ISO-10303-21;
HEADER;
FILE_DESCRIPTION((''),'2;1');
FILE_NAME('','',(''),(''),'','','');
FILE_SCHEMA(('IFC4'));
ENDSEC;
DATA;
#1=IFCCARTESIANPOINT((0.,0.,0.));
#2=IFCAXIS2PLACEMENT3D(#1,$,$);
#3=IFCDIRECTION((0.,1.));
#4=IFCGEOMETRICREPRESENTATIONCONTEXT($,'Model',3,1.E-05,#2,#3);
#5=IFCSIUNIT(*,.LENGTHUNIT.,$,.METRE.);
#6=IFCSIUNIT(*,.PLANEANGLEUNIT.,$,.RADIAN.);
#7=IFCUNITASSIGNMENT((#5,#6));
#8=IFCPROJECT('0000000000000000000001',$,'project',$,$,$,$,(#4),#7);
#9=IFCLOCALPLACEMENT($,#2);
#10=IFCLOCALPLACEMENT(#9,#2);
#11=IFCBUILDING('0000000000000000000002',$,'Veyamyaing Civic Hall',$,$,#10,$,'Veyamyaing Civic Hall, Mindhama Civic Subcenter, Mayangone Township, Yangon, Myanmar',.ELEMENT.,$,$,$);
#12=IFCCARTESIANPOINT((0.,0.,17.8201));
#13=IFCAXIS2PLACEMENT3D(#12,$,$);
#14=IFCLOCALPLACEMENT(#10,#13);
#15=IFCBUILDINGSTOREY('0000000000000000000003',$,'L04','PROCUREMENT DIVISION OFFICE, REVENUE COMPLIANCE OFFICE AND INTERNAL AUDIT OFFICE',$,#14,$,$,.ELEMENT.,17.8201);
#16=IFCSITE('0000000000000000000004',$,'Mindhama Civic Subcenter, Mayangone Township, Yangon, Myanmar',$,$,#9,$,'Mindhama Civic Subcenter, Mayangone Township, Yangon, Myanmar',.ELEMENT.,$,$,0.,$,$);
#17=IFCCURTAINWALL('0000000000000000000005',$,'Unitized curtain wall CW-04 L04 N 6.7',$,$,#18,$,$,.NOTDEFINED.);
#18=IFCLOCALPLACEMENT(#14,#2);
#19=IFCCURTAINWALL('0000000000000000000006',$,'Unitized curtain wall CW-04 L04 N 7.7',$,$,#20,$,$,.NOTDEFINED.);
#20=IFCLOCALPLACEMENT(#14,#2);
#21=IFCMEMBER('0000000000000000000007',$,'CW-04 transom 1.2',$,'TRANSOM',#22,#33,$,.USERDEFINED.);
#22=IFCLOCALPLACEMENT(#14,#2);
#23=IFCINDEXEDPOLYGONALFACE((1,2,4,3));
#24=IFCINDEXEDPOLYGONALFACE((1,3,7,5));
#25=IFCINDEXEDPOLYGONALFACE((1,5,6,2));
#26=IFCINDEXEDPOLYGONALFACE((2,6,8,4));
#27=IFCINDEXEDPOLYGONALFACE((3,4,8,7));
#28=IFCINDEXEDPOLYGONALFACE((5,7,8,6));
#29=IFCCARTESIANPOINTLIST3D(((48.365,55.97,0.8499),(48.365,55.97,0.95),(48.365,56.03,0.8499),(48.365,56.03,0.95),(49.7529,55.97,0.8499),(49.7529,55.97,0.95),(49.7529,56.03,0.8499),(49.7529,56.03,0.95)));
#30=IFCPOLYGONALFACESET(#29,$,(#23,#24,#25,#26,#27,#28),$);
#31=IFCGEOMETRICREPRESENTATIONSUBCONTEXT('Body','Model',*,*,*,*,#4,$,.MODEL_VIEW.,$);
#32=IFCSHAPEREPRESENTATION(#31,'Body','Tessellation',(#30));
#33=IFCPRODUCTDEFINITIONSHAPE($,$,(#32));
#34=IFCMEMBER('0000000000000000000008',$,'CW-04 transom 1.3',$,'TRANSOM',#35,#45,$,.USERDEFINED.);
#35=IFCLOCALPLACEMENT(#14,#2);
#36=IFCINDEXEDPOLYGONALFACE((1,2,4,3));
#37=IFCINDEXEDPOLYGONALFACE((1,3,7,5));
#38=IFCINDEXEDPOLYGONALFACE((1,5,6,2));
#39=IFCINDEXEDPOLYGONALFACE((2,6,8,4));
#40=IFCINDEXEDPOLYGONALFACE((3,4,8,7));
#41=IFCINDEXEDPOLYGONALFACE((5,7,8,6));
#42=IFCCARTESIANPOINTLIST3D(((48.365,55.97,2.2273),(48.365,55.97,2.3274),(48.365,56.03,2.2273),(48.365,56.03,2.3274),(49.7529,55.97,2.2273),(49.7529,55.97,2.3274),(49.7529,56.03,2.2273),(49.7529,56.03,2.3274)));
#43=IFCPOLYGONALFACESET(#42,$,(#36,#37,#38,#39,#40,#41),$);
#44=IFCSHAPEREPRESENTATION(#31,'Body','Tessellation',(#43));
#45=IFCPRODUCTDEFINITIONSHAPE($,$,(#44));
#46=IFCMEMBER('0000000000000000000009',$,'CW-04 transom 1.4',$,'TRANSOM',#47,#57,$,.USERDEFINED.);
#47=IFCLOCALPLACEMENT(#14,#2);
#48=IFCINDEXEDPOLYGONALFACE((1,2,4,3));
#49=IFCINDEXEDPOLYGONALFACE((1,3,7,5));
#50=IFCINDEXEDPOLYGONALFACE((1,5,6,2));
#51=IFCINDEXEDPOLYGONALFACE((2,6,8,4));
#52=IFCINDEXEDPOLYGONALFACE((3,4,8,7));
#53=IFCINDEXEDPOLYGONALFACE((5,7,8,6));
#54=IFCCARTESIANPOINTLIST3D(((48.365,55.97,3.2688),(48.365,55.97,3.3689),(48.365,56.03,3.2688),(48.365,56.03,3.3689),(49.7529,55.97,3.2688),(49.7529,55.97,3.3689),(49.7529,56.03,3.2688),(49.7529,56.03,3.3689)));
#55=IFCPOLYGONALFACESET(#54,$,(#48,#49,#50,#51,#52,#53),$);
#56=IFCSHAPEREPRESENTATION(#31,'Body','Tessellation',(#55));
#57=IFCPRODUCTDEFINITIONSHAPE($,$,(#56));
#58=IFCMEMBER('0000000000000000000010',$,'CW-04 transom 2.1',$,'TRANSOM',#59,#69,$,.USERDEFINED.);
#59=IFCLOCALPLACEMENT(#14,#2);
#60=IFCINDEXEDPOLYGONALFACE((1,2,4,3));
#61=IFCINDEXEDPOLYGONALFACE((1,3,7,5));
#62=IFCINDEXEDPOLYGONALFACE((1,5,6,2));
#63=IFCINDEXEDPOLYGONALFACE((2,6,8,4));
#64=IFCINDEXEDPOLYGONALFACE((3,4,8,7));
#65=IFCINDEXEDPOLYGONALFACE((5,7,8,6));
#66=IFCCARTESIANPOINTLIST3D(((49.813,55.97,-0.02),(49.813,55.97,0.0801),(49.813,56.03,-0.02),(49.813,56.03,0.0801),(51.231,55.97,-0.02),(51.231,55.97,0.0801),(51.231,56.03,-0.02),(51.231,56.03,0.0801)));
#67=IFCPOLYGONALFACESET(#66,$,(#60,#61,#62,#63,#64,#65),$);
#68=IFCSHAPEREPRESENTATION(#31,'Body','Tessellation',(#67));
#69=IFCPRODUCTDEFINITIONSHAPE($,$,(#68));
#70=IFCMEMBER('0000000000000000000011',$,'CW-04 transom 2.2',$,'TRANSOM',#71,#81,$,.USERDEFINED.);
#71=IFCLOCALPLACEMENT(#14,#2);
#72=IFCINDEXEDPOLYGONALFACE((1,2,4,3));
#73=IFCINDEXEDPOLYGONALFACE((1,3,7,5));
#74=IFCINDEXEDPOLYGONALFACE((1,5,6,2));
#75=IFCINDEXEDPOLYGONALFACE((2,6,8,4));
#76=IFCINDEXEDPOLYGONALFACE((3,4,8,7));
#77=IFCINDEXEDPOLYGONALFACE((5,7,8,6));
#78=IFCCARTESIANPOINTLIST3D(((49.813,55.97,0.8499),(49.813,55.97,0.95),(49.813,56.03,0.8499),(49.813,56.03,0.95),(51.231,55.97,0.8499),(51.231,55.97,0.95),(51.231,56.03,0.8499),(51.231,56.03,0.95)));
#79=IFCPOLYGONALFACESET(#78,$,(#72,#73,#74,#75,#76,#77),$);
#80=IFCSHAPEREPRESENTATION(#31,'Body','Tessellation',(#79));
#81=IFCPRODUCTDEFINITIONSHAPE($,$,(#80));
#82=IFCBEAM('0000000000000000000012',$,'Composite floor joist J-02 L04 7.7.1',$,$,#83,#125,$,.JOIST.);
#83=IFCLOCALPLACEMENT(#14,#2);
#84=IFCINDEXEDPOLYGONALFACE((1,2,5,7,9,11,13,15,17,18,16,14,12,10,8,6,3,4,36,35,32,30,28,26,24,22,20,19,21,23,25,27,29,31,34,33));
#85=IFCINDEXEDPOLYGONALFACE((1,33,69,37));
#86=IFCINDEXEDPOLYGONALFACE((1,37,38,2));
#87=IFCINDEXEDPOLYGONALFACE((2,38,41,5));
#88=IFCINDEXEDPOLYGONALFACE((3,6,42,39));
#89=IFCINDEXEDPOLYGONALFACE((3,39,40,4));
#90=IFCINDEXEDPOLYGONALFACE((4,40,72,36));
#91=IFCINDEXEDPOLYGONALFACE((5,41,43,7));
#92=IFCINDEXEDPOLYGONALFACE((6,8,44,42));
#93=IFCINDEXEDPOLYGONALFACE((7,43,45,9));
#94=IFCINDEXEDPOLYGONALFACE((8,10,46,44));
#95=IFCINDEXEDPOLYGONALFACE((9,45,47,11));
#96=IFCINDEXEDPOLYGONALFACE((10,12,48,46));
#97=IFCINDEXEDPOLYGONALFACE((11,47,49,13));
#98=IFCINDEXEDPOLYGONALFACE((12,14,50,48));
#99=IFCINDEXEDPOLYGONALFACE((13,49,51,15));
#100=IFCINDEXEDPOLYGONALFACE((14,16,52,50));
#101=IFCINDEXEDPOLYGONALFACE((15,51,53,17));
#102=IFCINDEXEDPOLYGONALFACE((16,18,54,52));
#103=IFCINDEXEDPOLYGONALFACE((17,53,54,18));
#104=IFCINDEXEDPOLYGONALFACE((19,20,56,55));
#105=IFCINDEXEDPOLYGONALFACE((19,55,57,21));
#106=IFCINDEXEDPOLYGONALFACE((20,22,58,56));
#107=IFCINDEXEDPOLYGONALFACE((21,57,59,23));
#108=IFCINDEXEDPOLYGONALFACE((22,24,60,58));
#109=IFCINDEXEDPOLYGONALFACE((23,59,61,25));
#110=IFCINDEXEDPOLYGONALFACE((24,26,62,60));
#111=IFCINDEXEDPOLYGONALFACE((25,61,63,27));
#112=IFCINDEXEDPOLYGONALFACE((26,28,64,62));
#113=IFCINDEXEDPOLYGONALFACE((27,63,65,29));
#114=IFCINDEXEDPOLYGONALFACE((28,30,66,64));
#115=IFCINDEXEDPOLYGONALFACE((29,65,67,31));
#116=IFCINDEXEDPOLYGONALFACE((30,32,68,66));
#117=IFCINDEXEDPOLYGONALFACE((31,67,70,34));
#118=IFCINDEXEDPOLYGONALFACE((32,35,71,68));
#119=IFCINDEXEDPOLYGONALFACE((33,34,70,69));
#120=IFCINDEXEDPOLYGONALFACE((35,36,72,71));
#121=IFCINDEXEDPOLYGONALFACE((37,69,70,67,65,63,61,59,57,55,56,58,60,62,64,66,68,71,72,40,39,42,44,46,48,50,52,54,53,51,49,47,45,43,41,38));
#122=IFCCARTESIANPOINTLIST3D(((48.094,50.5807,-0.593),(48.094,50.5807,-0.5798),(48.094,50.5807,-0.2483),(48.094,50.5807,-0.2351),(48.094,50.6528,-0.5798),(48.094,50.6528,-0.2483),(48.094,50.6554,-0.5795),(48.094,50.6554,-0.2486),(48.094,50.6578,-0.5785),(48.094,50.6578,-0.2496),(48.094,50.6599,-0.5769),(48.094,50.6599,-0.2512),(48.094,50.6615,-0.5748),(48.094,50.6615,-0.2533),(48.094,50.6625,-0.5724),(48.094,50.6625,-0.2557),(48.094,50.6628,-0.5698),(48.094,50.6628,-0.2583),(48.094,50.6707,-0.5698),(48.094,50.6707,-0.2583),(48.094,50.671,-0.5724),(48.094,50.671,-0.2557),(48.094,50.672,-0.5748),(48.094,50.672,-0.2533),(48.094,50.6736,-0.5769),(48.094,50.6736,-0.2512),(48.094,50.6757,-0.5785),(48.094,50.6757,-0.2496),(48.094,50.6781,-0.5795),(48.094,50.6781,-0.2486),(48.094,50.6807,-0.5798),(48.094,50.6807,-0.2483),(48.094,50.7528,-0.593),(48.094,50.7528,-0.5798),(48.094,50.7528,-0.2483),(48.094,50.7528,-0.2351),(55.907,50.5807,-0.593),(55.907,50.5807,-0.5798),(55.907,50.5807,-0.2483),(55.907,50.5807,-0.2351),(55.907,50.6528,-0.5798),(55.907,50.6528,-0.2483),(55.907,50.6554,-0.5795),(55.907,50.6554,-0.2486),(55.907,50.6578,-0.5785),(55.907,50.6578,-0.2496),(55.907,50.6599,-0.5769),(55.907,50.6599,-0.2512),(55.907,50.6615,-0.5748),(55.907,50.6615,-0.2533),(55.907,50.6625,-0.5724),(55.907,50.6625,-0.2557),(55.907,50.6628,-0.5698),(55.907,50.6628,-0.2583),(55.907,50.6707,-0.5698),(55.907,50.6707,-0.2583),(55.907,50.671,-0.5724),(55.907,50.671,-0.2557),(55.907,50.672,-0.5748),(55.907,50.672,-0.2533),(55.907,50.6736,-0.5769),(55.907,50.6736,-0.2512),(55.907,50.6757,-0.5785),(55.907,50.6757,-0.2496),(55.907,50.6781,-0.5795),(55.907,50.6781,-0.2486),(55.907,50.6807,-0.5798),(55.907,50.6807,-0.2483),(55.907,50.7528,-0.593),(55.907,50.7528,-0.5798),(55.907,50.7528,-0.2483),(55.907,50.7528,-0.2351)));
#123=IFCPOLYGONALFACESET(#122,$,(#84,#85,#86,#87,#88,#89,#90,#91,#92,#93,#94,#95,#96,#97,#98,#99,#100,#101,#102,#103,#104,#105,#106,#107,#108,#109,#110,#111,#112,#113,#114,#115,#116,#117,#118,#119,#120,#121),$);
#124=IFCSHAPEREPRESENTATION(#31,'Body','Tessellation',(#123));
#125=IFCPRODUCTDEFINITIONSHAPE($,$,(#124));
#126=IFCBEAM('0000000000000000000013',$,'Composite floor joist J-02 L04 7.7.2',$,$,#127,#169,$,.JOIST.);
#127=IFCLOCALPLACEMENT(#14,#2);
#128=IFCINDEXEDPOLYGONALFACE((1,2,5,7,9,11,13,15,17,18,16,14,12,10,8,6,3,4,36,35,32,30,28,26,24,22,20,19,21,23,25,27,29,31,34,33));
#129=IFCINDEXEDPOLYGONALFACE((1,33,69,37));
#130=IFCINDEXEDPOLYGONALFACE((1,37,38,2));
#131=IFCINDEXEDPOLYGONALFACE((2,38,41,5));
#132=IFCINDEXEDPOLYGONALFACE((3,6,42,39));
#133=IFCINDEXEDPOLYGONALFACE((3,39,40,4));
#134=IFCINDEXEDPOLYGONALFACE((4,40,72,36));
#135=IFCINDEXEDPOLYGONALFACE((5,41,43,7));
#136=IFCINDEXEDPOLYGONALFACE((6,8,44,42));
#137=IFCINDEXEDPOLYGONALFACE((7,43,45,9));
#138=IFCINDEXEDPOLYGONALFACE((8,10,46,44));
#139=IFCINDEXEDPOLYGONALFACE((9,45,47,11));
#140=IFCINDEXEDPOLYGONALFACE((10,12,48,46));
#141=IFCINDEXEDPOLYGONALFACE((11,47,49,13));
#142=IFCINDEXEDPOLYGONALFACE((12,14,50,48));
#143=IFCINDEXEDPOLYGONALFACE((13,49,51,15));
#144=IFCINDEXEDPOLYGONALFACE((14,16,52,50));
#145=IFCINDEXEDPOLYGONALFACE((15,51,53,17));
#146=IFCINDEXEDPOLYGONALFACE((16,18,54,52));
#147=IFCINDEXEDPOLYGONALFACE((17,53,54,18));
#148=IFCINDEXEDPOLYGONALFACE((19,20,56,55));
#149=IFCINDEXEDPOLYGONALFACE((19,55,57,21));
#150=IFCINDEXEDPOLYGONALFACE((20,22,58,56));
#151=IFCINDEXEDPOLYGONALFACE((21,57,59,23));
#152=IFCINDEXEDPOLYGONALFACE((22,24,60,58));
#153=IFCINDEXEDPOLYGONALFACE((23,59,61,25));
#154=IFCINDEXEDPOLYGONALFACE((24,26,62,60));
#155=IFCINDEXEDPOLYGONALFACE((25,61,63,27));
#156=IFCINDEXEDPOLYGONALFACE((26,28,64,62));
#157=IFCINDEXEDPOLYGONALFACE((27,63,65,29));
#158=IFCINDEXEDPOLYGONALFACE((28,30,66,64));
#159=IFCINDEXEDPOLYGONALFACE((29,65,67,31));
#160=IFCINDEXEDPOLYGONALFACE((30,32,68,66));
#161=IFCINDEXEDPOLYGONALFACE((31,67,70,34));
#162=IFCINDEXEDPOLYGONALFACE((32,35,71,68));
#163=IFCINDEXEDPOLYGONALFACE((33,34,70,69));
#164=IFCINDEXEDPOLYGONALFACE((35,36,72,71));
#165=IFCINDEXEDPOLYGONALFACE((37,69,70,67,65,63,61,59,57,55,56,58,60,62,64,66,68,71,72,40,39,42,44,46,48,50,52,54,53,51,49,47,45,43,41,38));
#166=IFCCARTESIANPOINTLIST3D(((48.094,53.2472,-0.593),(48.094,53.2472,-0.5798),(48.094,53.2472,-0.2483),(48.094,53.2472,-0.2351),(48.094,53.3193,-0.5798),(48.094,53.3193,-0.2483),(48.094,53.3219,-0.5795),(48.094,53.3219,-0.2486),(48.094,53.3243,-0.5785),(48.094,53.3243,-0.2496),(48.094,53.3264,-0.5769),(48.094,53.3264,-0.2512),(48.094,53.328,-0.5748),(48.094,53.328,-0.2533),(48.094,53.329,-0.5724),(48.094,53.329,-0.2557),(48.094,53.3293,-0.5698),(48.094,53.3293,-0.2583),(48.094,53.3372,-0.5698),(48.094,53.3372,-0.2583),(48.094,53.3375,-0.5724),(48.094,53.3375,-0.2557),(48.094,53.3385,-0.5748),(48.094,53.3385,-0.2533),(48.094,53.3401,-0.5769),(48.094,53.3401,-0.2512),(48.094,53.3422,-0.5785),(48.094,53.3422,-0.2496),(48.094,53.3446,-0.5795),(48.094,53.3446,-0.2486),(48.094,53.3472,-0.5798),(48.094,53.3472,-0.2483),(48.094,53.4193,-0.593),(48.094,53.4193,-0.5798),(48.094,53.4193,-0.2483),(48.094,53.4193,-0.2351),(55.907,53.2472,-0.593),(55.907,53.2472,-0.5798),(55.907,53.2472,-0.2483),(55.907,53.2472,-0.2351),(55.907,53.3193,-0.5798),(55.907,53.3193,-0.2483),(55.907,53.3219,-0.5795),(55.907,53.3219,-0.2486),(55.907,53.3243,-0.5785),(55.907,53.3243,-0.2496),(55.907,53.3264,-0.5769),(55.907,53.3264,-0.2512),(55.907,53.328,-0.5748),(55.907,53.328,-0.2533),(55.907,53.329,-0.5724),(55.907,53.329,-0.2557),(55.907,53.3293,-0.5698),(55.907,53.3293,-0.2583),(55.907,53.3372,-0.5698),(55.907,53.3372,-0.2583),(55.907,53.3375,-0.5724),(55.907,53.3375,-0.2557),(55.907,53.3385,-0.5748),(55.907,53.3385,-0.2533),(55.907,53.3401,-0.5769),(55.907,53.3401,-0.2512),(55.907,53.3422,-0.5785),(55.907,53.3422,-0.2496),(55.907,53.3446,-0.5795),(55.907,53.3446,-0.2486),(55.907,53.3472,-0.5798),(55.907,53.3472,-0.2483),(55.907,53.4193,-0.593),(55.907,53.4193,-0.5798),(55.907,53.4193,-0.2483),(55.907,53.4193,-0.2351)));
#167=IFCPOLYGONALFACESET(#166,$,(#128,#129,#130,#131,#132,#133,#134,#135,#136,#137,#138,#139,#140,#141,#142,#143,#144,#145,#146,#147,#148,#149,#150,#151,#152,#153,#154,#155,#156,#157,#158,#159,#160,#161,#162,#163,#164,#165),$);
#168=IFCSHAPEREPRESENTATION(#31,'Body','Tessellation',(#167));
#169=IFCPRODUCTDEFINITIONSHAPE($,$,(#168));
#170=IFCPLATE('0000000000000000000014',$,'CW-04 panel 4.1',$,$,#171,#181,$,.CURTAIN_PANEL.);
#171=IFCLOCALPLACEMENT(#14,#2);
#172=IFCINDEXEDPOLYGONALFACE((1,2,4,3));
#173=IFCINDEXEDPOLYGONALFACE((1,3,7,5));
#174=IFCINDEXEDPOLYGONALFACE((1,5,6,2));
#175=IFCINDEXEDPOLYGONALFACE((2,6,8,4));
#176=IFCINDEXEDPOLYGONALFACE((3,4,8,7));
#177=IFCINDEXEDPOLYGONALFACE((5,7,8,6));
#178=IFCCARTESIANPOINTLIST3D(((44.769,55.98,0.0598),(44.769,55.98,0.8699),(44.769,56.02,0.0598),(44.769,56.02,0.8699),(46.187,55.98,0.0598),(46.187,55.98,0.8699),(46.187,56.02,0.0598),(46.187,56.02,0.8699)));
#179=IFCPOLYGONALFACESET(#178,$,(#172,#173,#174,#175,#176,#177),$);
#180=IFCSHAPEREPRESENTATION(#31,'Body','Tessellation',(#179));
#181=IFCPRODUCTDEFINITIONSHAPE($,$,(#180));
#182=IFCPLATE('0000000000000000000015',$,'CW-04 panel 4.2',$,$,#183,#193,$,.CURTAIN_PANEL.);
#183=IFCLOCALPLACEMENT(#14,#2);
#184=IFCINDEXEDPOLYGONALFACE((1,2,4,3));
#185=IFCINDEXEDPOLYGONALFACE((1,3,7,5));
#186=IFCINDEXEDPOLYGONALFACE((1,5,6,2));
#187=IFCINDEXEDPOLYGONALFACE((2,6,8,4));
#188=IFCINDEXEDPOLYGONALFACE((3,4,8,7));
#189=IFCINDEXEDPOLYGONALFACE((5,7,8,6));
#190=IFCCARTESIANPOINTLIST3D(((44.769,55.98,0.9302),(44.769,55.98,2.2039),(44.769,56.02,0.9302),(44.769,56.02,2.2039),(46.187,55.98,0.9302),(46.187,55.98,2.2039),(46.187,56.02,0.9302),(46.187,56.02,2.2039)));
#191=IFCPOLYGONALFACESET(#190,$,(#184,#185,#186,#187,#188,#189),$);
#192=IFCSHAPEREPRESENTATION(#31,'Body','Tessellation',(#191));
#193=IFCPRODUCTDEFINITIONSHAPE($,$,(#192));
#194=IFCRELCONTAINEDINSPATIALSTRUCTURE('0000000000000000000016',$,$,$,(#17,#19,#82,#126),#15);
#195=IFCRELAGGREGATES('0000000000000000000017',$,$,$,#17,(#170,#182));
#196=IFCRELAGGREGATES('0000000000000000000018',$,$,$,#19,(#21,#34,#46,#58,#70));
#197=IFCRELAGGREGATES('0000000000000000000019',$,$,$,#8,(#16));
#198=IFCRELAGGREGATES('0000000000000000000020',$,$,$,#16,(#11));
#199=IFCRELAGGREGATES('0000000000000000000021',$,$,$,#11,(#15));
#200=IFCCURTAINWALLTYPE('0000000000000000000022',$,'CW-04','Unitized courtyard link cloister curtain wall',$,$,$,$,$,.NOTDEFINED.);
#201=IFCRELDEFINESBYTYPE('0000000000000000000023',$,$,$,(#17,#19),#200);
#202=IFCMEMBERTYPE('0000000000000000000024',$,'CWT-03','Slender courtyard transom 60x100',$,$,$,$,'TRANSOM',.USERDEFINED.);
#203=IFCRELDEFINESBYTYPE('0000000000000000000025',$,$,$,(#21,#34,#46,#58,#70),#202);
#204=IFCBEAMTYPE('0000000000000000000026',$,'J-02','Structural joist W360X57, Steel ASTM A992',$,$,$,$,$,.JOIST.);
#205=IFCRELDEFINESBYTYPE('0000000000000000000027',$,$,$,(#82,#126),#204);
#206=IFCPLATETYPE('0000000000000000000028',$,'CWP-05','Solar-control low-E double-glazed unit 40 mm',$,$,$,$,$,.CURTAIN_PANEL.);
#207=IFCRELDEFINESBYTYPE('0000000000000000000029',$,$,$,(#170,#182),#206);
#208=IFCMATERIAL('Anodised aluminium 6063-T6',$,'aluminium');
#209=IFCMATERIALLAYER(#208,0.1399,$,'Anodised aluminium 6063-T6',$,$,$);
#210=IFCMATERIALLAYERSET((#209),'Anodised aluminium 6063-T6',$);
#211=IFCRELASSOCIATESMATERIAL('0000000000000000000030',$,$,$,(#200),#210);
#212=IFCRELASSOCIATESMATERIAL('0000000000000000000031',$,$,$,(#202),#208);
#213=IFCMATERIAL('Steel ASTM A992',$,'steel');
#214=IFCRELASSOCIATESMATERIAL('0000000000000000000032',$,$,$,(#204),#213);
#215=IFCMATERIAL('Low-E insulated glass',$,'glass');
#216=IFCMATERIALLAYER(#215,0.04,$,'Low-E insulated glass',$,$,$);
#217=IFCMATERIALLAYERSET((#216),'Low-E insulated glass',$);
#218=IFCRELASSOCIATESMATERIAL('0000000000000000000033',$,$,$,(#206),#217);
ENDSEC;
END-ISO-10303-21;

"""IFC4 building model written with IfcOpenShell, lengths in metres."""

from ifc_helpers import new_model, si_unit, direction, frame, origin, origin_2d, place, context, subcontext, project, spatial, rectangle, i_section, extrude, material, layer, layer_set, material_profile, profile_set, type_object, element, aggregate, save


model = new_model("IFC4")

# Units and contexts
model_context = context("Model", 3, precision=1e-05, world=origin(), true_north=direction((0.0, 1.0)))
body_context = subcontext(model_context, "Body", "Model", "MODEL_VIEW")
ifc_project = project(units=[si_unit("LENGTHUNIT", "METRE"), si_unit("PLANEANGLEUNIT", "RADIAN")], contexts=[model_context])

# Site, building, storey
site_placement = place(None, origin())
site = spatial("IfcSite", under=ifc_project, at=site_placement, Name="Mindhama Civic Subcenter, Mayangone Township, Yangon, Myanmar", LongName="Mindhama Civic Subcenter, Mayangone Township, Yangon, Myanmar", CompositionType="ELEMENT", RefElevation=0.0)
building_placement = place(site_placement, origin())
building = spatial("IfcBuilding", under=site, at=building_placement, Name="Veyamyaing Civic Hall", LongName="Veyamyaing Civic Hall, Mindhama Civic Subcenter, Mayangone Township, Yangon, Myanmar", CompositionType="ELEMENT")
storey_placement = place(building_placement, frame((0.0, 0.0, 17.8201)))
storey = spatial("IfcBuildingStorey", under=building, at=storey_placement, Name="L04", Description="PROCUREMENT DIVISION OFFICE, REVENUE COMPLIANCE OFFICE AND INTERNAL AUDIT OFFICE", CompositionType="ELEMENT", Elevation=17.8201)

# Shared definitions
ifc_material_1 = material(Name="Steel ASTM A992", Category="steel")

# Curtain walls
ifc_material_2 = material(Name="Anodised aluminium 6063-T6", Category="aluminium")
ifc_layer_1 = layer(ifc_material_2, 0.1399, Name="Anodised aluminium 6063-T6")
ifc_layer_set_1 = layer_set([ifc_layer_1], Name="Anodised aluminium 6063-T6")
curtain_wall_type = type_object("IfcCurtainWallType", Name="CW-04", Description="Unitized courtyard link cloister curtain wall", PredefinedType="NOTDEFINED", material=ifc_layer_set_1)
curtain_wall_1_placement = place(storey_placement, origin())
curtain_wall_1 = element("IfcCurtainWall", 1, at=curtain_wall_1_placement, inside=storey, type_object=curtain_wall_type, Name="Unitized curtain wall CW-04 L04 N 6.7", PredefinedType="NOTDEFINED")
curtain_wall_2_placement = place(storey_placement, origin())
curtain_wall_2 = element("IfcCurtainWall", 2, at=curtain_wall_2_placement, inside=storey, type_object=curtain_wall_type, Name="Unitized curtain wall CW-04 L04 N 7.7", PredefinedType="NOTDEFINED")

# Members
ifc_material_profile_1 = material_profile(ifc_material_2, rectangle(XDim=0.0601, YDim=0.1001, at=origin_2d()), Name="ALU-TRN-60X100")
ifc_profile_set_1 = profile_set([ifc_material_profile_1], Name="Anodised aluminium 6063-T6")
member_type_1 = type_object("IfcMemberType", Name="CWT-03", Description="Slender courtyard transom 60x100", ElementType="TRANSOM", PredefinedType="USERDEFINED", material=ifc_profile_set_1)
member_1_placement = place(storey_placement, frame((48.365, 56.0, 0.8999), z_axis=(1.0, 0.0, 0.0), x_axis=(0.0, 1.0, 0.0)))
member_1 = element("IfcMember", 3, at=member_1_placement, type_object=member_type_1, Name="CW-04 transom 1.2", ObjectType="TRANSOM", PredefinedType="USERDEFINED", context=body_context, shape_type="SweptSolid", body=[
    extrude(rectangle(XDim=0.0601, YDim=0.1001, at=origin_2d()), origin(), (0.0, 0.0, 1.0), 1.3879),
])
member_2_placement = place(storey_placement, frame((48.365, 56.0, 2.2773), z_axis=(1.0, 0.0, 0.0), x_axis=(0.0, 1.0, 0.0)))
member_2 = element("IfcMember", 4, at=member_2_placement, type_object=member_type_1, Name="CW-04 transom 1.3", ObjectType="TRANSOM", PredefinedType="USERDEFINED", context=body_context, shape_type="SweptSolid", body=[
    extrude(rectangle(XDim=0.0601, YDim=0.1001, at=origin_2d()), origin(), (0.0, 0.0, 1.0), 1.3879),
])
member_3_placement = place(storey_placement, frame((48.365, 56.0, 3.3188), z_axis=(1.0, 0.0, 0.0), x_axis=(0.0, 1.0, 0.0)))
member_3 = element("IfcMember", 5, at=member_3_placement, type_object=member_type_1, Name="CW-04 transom 1.4", ObjectType="TRANSOM", PredefinedType="USERDEFINED", context=body_context, shape_type="SweptSolid", body=[
    extrude(rectangle(XDim=0.0601, YDim=0.1001, at=origin_2d()), origin(), (0.0, 0.0, 1.0), 1.3879),
])
member_4_placement = place(storey_placement, frame((49.813, 56.0, 0.03), z_axis=(1.0, 0.0, 0.0), x_axis=(0.0, 1.0, 0.0)))
member_4 = element("IfcMember", 6, at=member_4_placement, type_object=member_type_1, Name="CW-04 transom 2.1", ObjectType="TRANSOM", PredefinedType="USERDEFINED", context=body_context, shape_type="SweptSolid", body=[
    extrude(rectangle(XDim=0.0601, YDim=0.1001, at=origin_2d()), origin(), (0.0, 0.0, 1.0), 1.418),
])
member_5_placement = place(storey_placement, frame((49.813, 56.0, 0.8999), z_axis=(1.0, 0.0, 0.0), x_axis=(0.0, 1.0, 0.0)))
member_5 = element("IfcMember", 7, at=member_5_placement, type_object=member_type_1, Name="CW-04 transom 2.2", ObjectType="TRANSOM", PredefinedType="USERDEFINED", context=body_context, shape_type="SweptSolid", body=[
    extrude(rectangle(XDim=0.0601, YDim=0.1001, at=origin_2d()), origin(), (0.0, 0.0, 1.0), 1.418),
])

# Beams
ifc_material_profile_2 = material_profile(ifc_material_1, i_section(OverallWidth=0.1721, OverallDepth=0.3579, WebThickness=0.0078, FlangeThickness=0.0132, FilletRadius=0.01, at=origin_2d()), Name="W360X57")
ifc_profile_set_2 = profile_set([ifc_material_profile_2], Name="Steel ASTM A992")
beam_type_1 = type_object("IfcBeamType", Name="J-02", Description="Structural joist W360X57, Steel ASTM A992", PredefinedType="JOIST", material=ifc_profile_set_2)
for number, where, z_axis, x_axis, name in (
    (8, (48.094, 50.6667, -0.4141), (1.0, 0.0, 0.0), (0.0, 1.0, 0.0), "Composite floor joist J-02 L04 7.7.1"),
    (9, (48.094, 53.3333, -0.4141), (1.0, 0.0, 0.0), (0.0, 1.0, 0.0), "Composite floor joist J-02 L04 7.7.2"),
):
    element("IfcBeam", number, at=place(storey_placement, frame(where, z_axis=z_axis, x_axis=x_axis)), inside=storey, type_object=beam_type_1, Name=name, PredefinedType="JOIST", context=body_context, shape_type="SweptSolid", body=[
        extrude(i_section(OverallWidth=0.1721, OverallDepth=0.3579, WebThickness=0.0078, FlangeThickness=0.0132, FilletRadius=0.01, at=origin_2d()), origin(), (0.0, 0.0, 1.0), 7.813),
    ])

# Plates
ifc_material_3 = material(Name="Low-E insulated glass", Category="glass")
ifc_layer_2 = layer(ifc_material_3, 0.04, Name="Low-E insulated glass")
ifc_layer_set_2 = layer_set([ifc_layer_2], Name="Low-E insulated glass")
plate_type_1 = type_object("IfcPlateType", Name="CWP-05", Description="Solar-control low-E double-glazed unit 40 mm", PredefinedType="CURTAIN_PANEL", material=ifc_layer_set_2)
plate_1_placement = place(storey_placement, frame((45.478, 56.0, 0.0598), z_axis=(0.0, 0.0, 1.0), x_axis=(1.0, 0.0, 0.0)))
plate_1 = element("IfcPlate", 10, at=plate_1_placement, type_object=plate_type_1, Name="CW-04 panel 4.1", PredefinedType="CURTAIN_PANEL", context=body_context, shape_type="SweptSolid", body=[
    extrude(rectangle(XDim=1.418, YDim=0.04, at=origin_2d()), origin(), (0.0, 0.0, 1.0), 0.8101),
])
plate_2_placement = place(storey_placement, frame((45.478, 56.0, 0.9302), z_axis=(0.0, 0.0, 1.0), x_axis=(1.0, 0.0, 0.0)))
plate_2 = element("IfcPlate", 11, at=plate_2_placement, type_object=plate_type_1, Name="CW-04 panel 4.2", PredefinedType="CURTAIN_PANEL", context=body_context, shape_type="SweptSolid", body=[
    extrude(rectangle(XDim=1.418, YDim=0.04, at=origin_2d()), origin(), (0.0, 0.0, 1.0), 1.2737),
])
aggregate(curtain_wall_1, [plate_1, plate_2])
aggregate(curtain_wall_2, [member_1, member_2, member_3, member_4, member_5])

save(model, "model.ifc")
